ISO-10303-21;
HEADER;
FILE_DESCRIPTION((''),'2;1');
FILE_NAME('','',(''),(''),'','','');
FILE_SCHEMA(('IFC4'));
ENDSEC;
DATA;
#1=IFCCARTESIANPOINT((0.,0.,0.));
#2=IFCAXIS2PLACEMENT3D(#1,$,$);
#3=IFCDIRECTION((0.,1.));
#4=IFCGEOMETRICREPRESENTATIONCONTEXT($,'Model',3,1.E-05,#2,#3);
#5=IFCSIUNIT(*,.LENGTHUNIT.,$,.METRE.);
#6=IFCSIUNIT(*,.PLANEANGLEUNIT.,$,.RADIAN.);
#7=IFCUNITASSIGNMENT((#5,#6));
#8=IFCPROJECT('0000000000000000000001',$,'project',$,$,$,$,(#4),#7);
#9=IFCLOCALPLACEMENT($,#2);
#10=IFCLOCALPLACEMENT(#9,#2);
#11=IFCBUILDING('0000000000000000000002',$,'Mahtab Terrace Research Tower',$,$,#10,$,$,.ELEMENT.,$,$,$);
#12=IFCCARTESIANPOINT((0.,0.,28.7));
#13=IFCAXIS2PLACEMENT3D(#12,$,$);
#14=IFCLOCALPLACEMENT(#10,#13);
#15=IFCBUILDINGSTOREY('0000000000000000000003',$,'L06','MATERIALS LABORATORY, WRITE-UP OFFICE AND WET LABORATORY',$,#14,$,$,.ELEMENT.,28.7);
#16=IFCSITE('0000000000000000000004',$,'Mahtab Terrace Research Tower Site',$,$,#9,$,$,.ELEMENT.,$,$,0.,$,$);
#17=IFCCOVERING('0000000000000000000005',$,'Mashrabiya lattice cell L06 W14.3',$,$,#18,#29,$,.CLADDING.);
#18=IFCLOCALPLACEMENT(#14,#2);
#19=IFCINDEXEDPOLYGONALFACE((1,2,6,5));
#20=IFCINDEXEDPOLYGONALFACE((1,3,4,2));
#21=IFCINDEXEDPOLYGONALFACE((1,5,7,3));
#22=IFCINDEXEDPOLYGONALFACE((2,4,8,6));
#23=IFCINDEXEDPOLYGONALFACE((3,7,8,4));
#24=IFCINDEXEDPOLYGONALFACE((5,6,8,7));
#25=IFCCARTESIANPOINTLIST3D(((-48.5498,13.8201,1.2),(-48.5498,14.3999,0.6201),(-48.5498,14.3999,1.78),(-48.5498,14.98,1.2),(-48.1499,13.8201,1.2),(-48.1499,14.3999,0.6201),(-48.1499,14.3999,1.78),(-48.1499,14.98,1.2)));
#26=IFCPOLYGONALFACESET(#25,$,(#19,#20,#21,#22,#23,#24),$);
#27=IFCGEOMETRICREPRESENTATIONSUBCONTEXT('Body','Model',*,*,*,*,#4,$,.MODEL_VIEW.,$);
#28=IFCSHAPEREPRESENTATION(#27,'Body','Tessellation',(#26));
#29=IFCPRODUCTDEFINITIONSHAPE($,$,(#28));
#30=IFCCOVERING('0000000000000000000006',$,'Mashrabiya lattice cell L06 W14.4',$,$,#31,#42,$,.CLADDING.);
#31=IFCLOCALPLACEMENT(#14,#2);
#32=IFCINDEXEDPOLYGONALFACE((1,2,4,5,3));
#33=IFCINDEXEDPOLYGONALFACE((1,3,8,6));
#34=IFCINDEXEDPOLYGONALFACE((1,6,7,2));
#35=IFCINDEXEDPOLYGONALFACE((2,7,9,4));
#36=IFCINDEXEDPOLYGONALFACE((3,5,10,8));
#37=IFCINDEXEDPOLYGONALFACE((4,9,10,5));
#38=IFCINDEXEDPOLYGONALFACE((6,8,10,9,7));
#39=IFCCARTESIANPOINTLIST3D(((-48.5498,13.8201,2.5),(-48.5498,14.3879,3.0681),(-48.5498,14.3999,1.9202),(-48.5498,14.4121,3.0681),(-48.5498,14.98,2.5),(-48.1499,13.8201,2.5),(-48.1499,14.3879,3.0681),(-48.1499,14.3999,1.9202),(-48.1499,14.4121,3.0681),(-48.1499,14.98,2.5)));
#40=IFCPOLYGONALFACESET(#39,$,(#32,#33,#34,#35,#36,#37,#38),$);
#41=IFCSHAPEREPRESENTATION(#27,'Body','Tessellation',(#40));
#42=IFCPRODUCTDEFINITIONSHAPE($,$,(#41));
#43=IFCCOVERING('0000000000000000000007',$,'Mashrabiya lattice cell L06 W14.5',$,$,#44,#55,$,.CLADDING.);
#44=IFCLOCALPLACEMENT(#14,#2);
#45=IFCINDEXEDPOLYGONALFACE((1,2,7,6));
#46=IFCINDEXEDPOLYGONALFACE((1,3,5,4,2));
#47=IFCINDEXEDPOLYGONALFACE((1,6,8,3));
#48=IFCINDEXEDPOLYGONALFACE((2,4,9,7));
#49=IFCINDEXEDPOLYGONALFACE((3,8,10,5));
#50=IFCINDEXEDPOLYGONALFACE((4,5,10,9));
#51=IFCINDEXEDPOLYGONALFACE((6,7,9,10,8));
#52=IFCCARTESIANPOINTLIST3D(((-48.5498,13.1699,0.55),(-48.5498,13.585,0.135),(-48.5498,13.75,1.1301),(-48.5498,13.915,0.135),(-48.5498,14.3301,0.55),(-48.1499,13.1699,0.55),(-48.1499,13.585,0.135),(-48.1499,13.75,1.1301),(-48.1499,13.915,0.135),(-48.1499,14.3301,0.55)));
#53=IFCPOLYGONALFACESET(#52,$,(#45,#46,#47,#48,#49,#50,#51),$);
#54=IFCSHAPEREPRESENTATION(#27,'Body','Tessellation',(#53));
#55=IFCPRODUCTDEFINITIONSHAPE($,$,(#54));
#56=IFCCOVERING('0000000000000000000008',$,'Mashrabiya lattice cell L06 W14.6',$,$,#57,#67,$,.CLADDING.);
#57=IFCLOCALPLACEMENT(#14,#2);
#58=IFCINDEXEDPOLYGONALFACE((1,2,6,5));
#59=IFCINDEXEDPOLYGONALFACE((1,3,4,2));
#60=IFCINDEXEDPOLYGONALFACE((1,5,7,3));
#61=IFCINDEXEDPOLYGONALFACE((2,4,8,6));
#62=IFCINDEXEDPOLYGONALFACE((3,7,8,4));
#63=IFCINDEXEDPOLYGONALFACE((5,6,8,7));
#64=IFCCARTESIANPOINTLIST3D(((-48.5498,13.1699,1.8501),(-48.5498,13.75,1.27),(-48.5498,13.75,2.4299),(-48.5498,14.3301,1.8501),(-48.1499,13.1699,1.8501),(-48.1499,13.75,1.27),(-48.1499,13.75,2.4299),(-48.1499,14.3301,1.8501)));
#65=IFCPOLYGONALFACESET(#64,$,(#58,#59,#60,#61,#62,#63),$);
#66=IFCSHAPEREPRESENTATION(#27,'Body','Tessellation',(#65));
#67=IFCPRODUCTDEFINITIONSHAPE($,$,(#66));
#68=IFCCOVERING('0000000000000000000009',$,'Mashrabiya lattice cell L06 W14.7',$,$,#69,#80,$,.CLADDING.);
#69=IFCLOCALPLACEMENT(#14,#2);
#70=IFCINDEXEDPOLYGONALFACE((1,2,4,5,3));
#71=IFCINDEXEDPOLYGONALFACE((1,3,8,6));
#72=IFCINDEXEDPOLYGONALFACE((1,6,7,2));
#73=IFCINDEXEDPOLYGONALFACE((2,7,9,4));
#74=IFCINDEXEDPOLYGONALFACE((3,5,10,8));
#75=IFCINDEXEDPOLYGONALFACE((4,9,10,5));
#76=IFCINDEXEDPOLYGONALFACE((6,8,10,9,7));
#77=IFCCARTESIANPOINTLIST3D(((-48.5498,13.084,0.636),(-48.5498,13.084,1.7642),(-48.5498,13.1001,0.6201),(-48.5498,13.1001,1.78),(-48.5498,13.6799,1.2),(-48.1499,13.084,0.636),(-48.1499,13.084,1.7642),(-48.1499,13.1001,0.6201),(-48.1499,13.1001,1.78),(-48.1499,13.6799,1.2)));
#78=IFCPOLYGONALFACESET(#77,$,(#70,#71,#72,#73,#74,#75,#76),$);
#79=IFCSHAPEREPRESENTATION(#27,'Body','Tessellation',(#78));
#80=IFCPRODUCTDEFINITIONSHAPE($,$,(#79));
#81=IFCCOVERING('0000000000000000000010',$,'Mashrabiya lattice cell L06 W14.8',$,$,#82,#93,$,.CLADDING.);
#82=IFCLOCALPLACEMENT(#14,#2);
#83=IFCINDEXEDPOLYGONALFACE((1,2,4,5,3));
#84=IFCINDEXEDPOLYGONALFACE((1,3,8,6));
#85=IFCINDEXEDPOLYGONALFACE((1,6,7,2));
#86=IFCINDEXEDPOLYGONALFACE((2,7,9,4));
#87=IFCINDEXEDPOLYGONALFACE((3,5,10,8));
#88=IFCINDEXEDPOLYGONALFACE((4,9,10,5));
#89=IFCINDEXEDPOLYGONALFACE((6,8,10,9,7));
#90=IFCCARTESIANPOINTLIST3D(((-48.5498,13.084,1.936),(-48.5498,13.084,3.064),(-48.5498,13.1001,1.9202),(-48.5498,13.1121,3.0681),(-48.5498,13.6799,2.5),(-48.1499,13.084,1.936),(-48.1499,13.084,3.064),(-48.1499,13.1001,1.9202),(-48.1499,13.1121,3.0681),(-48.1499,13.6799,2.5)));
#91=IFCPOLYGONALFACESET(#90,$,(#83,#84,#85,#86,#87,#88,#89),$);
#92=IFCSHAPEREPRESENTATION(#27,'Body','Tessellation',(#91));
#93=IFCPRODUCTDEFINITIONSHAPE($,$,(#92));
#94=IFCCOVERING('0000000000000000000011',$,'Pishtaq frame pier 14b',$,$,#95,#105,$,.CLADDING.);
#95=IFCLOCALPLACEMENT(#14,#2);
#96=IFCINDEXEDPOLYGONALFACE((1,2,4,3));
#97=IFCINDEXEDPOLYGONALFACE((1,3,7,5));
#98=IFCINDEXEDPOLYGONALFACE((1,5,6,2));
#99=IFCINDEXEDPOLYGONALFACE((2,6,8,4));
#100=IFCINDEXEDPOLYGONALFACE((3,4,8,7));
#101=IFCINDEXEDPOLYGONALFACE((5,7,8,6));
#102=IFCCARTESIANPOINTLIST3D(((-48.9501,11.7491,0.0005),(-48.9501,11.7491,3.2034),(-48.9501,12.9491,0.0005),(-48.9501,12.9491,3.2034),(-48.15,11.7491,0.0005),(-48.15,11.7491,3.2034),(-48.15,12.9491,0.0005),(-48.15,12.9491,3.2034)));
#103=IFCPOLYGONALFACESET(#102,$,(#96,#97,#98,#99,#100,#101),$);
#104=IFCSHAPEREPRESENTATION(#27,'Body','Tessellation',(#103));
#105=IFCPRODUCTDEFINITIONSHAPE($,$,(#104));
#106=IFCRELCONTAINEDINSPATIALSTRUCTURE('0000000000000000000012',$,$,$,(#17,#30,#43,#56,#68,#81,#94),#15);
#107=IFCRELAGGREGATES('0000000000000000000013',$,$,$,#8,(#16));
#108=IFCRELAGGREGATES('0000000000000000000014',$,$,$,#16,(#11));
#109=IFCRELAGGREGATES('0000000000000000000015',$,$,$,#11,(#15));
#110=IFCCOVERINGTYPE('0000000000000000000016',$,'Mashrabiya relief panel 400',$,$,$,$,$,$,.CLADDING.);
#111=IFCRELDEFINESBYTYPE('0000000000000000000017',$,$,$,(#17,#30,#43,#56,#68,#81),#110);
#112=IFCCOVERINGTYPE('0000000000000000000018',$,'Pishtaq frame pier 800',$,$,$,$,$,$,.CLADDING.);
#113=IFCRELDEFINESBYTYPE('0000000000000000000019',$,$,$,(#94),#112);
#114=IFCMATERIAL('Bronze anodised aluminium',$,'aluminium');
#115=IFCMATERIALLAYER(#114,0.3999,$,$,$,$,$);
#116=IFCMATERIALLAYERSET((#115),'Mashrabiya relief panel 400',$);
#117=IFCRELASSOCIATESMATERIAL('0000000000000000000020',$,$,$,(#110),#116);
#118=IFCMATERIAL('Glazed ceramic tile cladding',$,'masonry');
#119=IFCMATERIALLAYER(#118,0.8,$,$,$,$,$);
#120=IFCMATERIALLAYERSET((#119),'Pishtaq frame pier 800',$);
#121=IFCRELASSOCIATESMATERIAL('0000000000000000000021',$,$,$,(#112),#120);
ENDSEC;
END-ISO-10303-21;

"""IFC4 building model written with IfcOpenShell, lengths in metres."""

from ifc_helpers import new_model, si_unit, direction, frame, origin, origin_2d, place, context, subcontext, project, spatial, polyline, rectangle, outline, extrude, material, layer, layer_set, type_object, element, save


model = new_model("IFC4")

# Units and contexts
model_context = context("Model", 3, precision=1e-05, world=origin(), true_north=direction((0.0, 1.0)))
body_context = subcontext(model_context, "Body", "Model", "MODEL_VIEW")
ifc_project = project(units=[si_unit("LENGTHUNIT", "METRE"), si_unit("PLANEANGLEUNIT", "RADIAN")], contexts=[model_context])

# Site, building, storey
site_placement = place(None, origin())
site = spatial("IfcSite", under=ifc_project, at=site_placement, Name="Mahtab Terrace Research Tower Site", CompositionType="ELEMENT", RefElevation=0.0)
building_placement = place(site_placement, origin())
building = spatial("IfcBuilding", under=site, at=building_placement, Name="Mahtab Terrace Research Tower", CompositionType="ELEMENT")
storey_placement = place(building_placement, frame((0.0, 0.0, 28.7)))
storey = spatial("IfcBuildingStorey", under=building, at=storey_placement, Name="L06", Description="MATERIALS LABORATORY, WRITE-UP OFFICE AND WET LABORATORY", CompositionType="ELEMENT", Elevation=28.7)

# Coverings
ifc_material_1 = material(Name="Bronze anodised aluminium", Category="aluminium")
ifc_layer_1 = layer(ifc_material_1, 0.3999)
ifc_layer_set_1 = layer_set([ifc_layer_1], Name="Mashrabiya relief panel 400")
covering_type_1 = type_object("IfcCoveringType", Name="Mashrabiya relief panel 400", PredefinedType="CLADDING", material=ifc_layer_set_1)
covering_1_placement = place(storey_placement, frame((-48.1499, 14.3999, 1.78), z_axis=(1.0, 0.0, 0.0), x_axis=(0.0, -0.706958, -0.707256)))
element("IfcCovering", 1, at=covering_1_placement, inside=storey, type_object=covering_type_1, Name="Mashrabiya lattice cell L06 W14.3", PredefinedType="CLADDING", context=body_context, shape_type="SweptSolid", body=[
    extrude(outline(polyline([(0.0, 0.0), (0.8202, 0.0), (0.8204, 0.82), (0.0002, 0.8204), (0.0, 0.0)])), origin(), (0.0, 0.0, -1.0), 0.3999),
])
covering_2_placement = place(storey_placement, frame((-48.1499, 13.8201, 2.5), z_axis=(1.0, 0.0, 0.0), x_axis=(0.0, 0.707107, -0.707107)))
element("IfcCovering", 2, at=covering_2_placement, inside=storey, type_object=covering_type_1, Name="Mashrabiya lattice cell L06 W14.4", PredefinedType="CLADDING", context=body_context, shape_type="SweptSolid", body=[
    extrude(outline(polyline([(0.0, 0.0), (0.82, 0.0), (0.8202, 0.8202), (0.0169, 0.8204), (-0.0002, 0.8033), (0.0, 0.0)])), origin(), (0.0, 0.0, -1.0), 0.3999),
])
covering_3_placement = place(storey_placement, frame((-48.1499, 14.3301, 0.55), z_axis=(1.0, 0.0, 0.0), x_axis=(0.0, -0.707107, 0.707107)))
element("IfcCovering", 3, at=covering_3_placement, inside=storey, type_object=covering_type_1, Name="Mashrabiya lattice cell L06 W14.5", PredefinedType="CLADDING", context=body_context, shape_type="SweptSolid", body=[
    extrude(outline(polyline([(0.0, 0.0), (0.8204, 0.0), (0.8204, 0.8204), (0.2334, 0.8204), (0.0, 0.587), (0.0, 0.0)])), origin(), (0.0, 0.0, -1.0), 0.3999),
])
covering_4_placement = place(storey_placement, frame((-48.1499, 13.75, 2.4299), z_axis=(1.0, 0.0, 0.0), x_axis=(0.0, -0.707256, -0.706958)))
element("IfcCovering", 4, at=covering_4_placement, inside=storey, type_object=covering_type_1, Name="Mashrabiya lattice cell L06 W14.6", PredefinedType="CLADDING", context=body_context, shape_type="SweptSolid", body=[
    extrude(outline(polyline([(0.0, 0.0), (0.8202, 0.0), (0.82, 0.8204), (-0.0003, 0.8202), (0.0, 0.0)])), origin(), (0.0, 0.0, -1.0), 0.3999),
])
covering_5_placement = place(storey_placement, frame((-48.1499, 13.1001, 0.6201), z_axis=(1.0, 0.0, 0.0), x_axis=(0.0, 0.707107, 0.707107)))
element("IfcCovering", 5, at=covering_5_placement, inside=storey, type_object=covering_type_1, Name="Mashrabiya lattice cell L06 W14.7", PredefinedType="CLADDING", context=body_context, shape_type="SweptSolid", body=[
    extrude(outline(polyline([(0.0, 0.0), (0.82, 0.0), (0.8202, 0.8202), (0.7976, 0.8204), (-0.0002, 0.0226), (0.0, 0.0)])), origin(), (0.0, 0.0, -1.0), 0.3999),
])
covering_6_placement = place(storey_placement, frame((-48.1499, 13.1001, 1.9202), z_axis=(1.0, 0.0, 0.0), x_axis=(0.0, 0.707107, 0.707107)))
element("IfcCovering", 6, at=covering_6_placement, inside=storey, type_object=covering_type_1, Name="Mashrabiya lattice cell L06 W14.8", PredefinedType="CLADDING", context=body_context, shape_type="SweptSolid", body=[
    extrude(outline(polyline([(0.0, 0.0), (0.82, 0.0), (0.8202, 0.8033), (0.7974, 0.8202), (-0.0002, 0.0226), (0.0, 0.0)])), origin(), (0.0, 0.0, -1.0), 0.3999),
])
ifc_material_2 = material(Name="Glazed ceramic tile cladding", Category="masonry")
ifc_layer_2 = layer(ifc_material_2, 0.8)
ifc_layer_set_2 = layer_set([ifc_layer_2], Name="Pishtaq frame pier 800")
covering_type_2 = type_object("IfcCoveringType", Name="Pishtaq frame pier 800", PredefinedType="CLADDING", material=ifc_layer_set_2)
covering_7_placement = place(storey_placement, frame((-48.55, 12.3491, 0.0005), z_axis=(0.0, 0.0, 1.0), x_axis=(0.0, -1.0, 0.0)))
element("IfcCovering", 7, at=covering_7_placement, inside=storey, type_object=covering_type_2, Name="Pishtaq frame pier 14b", PredefinedType="CLADDING", context=body_context, shape_type="SweptSolid", body=[
    extrude(rectangle(XDim=1.2, YDim=0.8, at=origin_2d()), origin(), (0.0, 0.0, 1.0), 3.2029),
])

save(model, "model.ifc")
